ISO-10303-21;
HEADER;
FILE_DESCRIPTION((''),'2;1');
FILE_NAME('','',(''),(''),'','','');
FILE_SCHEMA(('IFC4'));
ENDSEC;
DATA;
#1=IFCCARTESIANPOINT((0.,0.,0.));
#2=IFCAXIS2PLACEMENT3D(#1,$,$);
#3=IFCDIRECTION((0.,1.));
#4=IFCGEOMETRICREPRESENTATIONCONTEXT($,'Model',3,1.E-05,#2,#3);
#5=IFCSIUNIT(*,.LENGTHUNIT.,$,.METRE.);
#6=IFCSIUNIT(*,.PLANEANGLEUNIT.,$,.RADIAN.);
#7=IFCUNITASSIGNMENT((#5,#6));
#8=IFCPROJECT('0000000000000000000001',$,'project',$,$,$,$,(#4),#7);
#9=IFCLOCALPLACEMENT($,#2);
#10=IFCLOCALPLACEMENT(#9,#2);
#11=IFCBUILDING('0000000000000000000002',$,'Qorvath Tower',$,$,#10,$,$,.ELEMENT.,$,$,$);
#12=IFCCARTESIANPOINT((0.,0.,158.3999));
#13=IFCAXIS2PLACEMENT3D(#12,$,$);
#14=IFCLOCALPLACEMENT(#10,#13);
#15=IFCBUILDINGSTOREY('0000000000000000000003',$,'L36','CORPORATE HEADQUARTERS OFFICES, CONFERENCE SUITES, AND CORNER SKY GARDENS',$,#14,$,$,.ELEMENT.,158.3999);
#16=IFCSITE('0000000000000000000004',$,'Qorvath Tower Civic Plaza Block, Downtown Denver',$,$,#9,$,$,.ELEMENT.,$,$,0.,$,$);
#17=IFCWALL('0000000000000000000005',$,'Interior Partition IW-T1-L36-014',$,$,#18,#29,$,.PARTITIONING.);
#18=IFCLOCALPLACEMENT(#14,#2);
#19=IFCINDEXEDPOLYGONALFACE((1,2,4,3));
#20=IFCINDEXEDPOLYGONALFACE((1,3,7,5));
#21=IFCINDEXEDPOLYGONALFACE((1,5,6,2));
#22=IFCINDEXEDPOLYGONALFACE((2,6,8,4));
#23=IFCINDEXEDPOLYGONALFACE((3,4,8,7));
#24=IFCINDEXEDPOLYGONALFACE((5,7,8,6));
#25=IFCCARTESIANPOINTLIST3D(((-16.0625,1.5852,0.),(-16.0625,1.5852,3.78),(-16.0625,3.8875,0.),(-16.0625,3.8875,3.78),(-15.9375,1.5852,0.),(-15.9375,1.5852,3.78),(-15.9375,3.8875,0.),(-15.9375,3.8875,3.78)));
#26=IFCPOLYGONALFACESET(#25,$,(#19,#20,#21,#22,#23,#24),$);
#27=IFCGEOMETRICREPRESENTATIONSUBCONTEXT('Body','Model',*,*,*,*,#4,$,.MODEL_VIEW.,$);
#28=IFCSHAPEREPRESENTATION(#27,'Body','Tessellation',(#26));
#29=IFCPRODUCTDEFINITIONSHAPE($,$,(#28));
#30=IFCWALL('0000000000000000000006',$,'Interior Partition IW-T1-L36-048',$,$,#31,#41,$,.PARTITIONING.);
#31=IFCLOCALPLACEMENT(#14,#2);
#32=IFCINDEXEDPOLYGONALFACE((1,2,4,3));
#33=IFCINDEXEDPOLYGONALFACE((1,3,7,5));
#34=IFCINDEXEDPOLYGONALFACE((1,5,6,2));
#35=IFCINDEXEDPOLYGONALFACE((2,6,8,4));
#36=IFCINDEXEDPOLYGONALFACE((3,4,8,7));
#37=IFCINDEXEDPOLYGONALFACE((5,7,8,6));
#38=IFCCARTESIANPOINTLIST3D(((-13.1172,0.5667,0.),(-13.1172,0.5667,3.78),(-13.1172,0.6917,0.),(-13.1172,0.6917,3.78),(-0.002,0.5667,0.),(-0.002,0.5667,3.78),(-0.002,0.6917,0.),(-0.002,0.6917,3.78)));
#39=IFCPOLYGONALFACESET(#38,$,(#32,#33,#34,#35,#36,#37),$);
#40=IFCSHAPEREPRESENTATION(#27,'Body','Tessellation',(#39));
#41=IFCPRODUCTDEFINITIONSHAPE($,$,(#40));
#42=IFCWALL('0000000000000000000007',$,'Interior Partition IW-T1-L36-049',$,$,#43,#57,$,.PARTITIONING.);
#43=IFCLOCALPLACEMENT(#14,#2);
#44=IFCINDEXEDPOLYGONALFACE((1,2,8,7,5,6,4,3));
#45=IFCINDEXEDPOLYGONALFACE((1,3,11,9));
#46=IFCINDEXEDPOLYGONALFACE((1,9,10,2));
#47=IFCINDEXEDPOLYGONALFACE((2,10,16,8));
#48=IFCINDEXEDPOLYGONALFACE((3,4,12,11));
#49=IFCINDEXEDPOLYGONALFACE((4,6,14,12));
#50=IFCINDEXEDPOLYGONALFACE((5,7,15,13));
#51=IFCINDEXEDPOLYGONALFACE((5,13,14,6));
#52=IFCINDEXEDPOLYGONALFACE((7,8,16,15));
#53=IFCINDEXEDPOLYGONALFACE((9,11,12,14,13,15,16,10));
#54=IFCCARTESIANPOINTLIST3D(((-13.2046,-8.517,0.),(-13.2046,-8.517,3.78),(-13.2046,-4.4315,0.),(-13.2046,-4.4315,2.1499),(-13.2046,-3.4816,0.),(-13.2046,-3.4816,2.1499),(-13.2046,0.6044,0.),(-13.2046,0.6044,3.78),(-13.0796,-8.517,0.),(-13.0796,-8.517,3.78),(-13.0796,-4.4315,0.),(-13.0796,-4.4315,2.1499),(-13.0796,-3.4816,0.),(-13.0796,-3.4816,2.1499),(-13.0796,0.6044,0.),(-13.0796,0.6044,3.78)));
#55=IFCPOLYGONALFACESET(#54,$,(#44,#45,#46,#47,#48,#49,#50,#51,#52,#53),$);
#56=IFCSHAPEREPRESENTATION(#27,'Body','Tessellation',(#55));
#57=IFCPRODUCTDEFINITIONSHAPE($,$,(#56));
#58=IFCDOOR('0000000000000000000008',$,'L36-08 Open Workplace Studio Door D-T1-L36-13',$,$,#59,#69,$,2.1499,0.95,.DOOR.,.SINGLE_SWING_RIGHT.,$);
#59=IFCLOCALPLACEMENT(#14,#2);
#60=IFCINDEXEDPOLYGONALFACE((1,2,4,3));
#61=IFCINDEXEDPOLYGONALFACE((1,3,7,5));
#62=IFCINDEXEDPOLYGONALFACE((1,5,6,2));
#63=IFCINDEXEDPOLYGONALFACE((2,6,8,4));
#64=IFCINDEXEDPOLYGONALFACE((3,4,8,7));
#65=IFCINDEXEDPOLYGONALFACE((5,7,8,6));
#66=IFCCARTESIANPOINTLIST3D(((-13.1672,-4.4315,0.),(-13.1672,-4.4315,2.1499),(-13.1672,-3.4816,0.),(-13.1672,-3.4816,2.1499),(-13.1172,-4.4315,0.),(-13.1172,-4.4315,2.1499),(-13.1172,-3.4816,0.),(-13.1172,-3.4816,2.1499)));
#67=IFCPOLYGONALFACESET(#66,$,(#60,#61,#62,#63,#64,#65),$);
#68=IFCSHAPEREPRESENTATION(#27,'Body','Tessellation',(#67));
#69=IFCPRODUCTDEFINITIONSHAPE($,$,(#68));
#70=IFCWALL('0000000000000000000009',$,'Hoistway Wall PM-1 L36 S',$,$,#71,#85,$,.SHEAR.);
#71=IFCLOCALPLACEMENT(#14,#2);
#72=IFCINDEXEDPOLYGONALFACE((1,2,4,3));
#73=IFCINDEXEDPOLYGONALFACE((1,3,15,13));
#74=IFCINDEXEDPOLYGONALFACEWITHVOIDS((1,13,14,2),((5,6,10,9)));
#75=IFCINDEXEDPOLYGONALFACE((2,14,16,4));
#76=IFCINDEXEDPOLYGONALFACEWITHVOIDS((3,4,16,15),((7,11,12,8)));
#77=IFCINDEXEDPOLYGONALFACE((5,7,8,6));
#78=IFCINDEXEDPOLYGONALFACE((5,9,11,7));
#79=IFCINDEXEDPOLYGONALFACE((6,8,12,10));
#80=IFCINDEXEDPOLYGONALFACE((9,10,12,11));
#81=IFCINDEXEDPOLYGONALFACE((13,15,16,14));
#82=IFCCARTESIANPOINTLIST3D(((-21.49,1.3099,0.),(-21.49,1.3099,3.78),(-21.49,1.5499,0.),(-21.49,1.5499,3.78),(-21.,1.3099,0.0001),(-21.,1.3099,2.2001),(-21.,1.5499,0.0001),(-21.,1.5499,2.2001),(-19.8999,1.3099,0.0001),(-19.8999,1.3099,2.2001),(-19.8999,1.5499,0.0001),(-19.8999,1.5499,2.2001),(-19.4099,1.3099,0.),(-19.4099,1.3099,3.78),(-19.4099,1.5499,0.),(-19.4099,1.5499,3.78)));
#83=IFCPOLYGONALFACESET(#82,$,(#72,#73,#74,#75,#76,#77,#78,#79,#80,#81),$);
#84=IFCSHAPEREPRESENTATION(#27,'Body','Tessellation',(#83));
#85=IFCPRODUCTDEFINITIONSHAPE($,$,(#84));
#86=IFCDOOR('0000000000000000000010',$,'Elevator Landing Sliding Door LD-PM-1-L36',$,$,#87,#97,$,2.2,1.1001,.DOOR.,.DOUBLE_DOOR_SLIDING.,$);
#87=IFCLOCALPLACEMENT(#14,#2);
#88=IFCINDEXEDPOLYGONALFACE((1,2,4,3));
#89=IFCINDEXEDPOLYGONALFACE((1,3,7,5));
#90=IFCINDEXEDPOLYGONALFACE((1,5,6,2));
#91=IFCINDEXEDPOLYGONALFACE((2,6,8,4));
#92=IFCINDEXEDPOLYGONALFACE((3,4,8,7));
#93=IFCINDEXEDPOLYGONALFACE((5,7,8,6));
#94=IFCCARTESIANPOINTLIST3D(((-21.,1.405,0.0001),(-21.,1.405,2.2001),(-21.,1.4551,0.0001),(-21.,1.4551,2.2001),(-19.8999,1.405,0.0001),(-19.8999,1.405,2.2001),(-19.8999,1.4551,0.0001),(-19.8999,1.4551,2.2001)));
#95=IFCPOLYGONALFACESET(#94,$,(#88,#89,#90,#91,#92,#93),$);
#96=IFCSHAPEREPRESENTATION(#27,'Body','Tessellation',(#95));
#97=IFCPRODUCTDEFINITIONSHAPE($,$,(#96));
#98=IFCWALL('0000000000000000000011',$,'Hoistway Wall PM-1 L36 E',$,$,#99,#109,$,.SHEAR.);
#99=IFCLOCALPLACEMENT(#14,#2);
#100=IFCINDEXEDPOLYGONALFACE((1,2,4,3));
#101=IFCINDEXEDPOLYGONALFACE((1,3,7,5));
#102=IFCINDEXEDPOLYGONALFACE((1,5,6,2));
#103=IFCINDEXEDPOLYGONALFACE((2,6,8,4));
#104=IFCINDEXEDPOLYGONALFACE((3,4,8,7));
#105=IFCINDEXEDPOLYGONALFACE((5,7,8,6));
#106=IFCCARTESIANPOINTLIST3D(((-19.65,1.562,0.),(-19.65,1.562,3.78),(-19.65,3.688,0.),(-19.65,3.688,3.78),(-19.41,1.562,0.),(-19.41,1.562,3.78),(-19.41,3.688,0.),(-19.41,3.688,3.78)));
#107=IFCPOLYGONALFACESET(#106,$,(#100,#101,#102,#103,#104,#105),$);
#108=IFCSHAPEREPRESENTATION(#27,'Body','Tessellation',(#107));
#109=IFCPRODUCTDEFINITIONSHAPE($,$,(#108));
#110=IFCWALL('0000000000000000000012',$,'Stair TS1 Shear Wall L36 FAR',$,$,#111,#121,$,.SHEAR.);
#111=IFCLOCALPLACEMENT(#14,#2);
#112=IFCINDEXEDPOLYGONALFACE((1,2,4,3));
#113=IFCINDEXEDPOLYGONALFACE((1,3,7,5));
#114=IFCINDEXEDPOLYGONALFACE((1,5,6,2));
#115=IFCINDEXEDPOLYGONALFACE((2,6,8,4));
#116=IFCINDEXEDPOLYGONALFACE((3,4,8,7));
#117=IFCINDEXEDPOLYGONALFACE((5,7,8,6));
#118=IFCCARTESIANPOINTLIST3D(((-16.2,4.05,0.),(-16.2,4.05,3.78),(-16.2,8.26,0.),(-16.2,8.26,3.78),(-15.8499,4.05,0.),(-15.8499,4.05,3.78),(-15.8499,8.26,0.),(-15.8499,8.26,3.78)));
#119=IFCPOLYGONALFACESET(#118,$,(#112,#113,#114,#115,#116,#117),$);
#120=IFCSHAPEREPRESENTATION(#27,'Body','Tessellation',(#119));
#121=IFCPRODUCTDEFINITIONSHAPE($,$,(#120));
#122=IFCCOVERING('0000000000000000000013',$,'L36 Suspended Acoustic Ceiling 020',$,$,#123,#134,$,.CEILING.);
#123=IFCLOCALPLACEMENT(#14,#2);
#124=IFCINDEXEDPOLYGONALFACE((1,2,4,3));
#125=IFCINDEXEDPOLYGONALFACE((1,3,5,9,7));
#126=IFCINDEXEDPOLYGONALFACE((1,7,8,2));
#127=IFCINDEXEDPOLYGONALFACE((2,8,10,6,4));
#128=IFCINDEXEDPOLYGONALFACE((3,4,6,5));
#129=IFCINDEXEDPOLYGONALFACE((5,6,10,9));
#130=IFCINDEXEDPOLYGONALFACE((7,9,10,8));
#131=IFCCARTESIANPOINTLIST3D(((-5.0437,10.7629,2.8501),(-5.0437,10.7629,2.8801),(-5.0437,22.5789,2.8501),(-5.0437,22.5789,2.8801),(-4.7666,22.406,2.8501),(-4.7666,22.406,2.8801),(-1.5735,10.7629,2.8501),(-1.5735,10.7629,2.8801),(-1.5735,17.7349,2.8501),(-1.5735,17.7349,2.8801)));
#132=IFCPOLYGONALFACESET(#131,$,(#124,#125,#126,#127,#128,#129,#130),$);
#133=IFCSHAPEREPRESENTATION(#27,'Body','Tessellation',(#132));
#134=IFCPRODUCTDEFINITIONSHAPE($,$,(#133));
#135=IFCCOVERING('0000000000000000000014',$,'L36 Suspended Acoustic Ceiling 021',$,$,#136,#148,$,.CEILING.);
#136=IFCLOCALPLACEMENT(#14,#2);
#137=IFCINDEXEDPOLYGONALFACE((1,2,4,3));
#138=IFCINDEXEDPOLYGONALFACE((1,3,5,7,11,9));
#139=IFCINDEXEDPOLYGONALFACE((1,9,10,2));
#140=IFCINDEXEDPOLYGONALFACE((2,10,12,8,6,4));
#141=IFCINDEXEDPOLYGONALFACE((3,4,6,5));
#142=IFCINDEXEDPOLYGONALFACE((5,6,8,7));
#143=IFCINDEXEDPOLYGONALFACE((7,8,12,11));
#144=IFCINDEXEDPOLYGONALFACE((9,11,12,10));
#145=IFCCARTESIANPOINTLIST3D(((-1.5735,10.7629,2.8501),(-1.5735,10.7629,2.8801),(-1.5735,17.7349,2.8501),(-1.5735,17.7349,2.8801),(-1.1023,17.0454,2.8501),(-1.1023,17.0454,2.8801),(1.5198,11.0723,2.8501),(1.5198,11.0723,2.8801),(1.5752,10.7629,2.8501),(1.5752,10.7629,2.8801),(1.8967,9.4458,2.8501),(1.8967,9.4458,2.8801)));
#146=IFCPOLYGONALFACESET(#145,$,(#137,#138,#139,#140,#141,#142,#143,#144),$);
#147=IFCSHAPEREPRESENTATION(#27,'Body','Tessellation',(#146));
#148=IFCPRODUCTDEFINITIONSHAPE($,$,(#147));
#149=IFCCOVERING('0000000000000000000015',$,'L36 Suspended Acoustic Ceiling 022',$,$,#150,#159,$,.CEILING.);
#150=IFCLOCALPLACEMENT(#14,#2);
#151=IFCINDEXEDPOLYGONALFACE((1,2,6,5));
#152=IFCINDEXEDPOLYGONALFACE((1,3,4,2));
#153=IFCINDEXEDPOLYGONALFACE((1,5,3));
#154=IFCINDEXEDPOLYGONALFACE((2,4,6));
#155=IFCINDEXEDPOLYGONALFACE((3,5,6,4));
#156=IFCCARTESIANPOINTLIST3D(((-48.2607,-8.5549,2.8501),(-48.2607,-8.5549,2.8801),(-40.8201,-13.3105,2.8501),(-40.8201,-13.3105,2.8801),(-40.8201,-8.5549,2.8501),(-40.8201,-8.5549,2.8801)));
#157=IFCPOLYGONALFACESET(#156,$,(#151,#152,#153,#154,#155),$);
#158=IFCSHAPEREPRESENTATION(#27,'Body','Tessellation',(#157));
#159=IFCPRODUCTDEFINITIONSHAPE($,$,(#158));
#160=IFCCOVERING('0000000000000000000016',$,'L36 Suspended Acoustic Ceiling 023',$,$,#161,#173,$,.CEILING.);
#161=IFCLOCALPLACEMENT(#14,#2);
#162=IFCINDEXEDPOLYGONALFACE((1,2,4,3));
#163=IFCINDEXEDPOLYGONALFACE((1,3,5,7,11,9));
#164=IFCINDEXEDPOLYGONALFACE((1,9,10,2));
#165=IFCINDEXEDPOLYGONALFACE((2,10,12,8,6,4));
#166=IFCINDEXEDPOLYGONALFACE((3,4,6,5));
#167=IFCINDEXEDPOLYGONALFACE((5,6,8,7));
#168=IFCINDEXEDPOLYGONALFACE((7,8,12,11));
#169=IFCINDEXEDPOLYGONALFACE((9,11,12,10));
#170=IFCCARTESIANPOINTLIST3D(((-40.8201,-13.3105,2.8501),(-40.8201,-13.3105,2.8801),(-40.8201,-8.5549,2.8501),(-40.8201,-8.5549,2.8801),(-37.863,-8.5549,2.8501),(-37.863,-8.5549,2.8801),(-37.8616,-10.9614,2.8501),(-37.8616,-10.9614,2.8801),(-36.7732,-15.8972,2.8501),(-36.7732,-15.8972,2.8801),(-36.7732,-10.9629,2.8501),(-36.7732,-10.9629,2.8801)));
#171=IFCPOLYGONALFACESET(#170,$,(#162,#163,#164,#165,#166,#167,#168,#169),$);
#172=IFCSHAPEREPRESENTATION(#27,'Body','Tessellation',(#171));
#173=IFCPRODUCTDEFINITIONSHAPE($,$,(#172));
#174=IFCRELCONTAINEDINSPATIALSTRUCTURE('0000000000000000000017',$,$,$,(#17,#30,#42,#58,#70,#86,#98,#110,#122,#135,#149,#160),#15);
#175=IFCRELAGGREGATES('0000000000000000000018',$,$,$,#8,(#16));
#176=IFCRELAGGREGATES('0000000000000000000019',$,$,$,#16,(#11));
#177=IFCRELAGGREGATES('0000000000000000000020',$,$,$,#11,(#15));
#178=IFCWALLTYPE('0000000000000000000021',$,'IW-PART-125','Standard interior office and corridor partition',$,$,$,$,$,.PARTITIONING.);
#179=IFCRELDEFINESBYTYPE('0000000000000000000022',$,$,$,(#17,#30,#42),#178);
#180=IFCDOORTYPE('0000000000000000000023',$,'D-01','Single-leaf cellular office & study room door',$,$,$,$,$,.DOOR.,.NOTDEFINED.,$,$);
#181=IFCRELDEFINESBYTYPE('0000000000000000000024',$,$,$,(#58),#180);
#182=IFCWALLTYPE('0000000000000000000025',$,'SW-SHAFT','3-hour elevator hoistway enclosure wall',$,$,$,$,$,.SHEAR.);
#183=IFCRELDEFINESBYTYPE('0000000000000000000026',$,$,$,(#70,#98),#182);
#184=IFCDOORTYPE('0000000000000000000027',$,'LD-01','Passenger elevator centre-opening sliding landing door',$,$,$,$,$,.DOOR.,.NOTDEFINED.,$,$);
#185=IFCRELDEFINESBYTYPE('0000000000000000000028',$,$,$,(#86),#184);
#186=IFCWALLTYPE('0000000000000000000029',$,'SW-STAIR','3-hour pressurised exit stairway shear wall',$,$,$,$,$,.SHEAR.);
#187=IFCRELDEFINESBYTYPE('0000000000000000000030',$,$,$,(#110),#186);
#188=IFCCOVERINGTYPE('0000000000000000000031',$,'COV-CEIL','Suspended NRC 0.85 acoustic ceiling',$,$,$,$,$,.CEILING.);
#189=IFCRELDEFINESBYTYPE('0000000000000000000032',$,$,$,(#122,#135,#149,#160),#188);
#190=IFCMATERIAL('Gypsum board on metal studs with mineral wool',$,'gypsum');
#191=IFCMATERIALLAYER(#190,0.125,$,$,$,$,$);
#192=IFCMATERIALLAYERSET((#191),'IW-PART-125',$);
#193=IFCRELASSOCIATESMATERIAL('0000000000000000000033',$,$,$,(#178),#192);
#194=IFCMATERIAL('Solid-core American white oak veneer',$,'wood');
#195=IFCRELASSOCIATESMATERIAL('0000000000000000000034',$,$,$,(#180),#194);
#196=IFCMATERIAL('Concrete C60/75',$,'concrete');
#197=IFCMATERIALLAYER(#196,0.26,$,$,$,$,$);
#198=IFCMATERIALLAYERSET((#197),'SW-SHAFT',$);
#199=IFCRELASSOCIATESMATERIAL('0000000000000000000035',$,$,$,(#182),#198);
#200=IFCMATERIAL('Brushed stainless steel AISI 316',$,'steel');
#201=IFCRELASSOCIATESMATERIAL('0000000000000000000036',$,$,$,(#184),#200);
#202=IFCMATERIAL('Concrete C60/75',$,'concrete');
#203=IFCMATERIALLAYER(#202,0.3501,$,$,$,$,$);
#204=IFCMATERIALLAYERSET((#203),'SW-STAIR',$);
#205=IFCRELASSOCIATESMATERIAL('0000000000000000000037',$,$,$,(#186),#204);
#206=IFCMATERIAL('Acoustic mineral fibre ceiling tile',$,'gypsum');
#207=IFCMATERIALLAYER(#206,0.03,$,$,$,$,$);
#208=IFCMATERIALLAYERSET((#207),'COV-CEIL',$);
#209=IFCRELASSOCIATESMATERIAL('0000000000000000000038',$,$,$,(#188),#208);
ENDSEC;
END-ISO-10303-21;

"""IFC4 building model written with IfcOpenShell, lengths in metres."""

from ifc_helpers import new_model, si_unit, direction, frame, frame_2d, origin, place, context, subcontext, project, spatial, polyline, rectangle, outline, extrude, material, layer, layer_set, type_object, element, fill, save


model = new_model("IFC4")

# Units and contexts
model_context = context("Model", 3, precision=1e-05, world=origin(), true_north=direction((0.0, 1.0)))
body_context = subcontext(model_context, "Body", "Model", "MODEL_VIEW")
ifc_project = project(units=[si_unit("LENGTHUNIT", "METRE"), si_unit("PLANEANGLEUNIT", "RADIAN")], contexts=[model_context])

# Site, building, storey
site_placement = place(None, origin())
site = spatial("IfcSite", under=ifc_project, at=site_placement, Name="Qorvath Tower Civic Plaza Block, Downtown Denver", CompositionType="ELEMENT", RefElevation=0.0)
building_placement = place(site_placement, origin())
building = spatial("IfcBuilding", under=site, at=building_placement, Name="Qorvath Tower", CompositionType="ELEMENT")
storey_placement = place(building_placement, frame((0.0, 0.0, 158.3999)))
storey = spatial("IfcBuildingStorey", under=building, at=storey_placement, Name="L36", Description="CORPORATE HEADQUARTERS OFFICES, CONFERENCE SUITES, AND CORNER SKY GARDENS", CompositionType="ELEMENT", Elevation=158.3999)

# Shared definitions
ifc_material_1 = material(Name="Gypsum board on metal studs with mineral wool", Category="gypsum")
ifc_layer_1 = layer(ifc_material_1, 0.125)
ifc_layer_set_1 = layer_set([ifc_layer_1], Name="IW-PART-125")
wall_type_1 = type_object("IfcWallType", Name="IW-PART-125", Description="Standard interior office and corridor partition", PredefinedType="PARTITIONING", material=ifc_layer_set_1)
ifc_material_2 = material(Name="Solid-core American white oak veneer", Category="wood")
door_type_1 = type_object("IfcDoorType", Name="D-01", Description="Single-leaf cellular office & study room door", OperationType="NOTDEFINED", PredefinedType="DOOR", material=ifc_material_2)

# Walls
wall_1_placement = place(storey_placement, frame((-16.0, 1.5852, 0.0), z_axis=(0.0, 0.0, 1.0), x_axis=(0.0, 1.0, 0.0)))
element("IfcWall", 1, at=wall_1_placement, inside=storey, type_object=wall_type_1, Name="Interior Partition IW-T1-L36-014", PredefinedType="PARTITIONING", context=body_context, shape_type="SweptSolid", body=[
    extrude(rectangle(XDim=2.3022, YDim=0.125, at=frame_2d((1.1511, 0.0))), origin(), (0.0, 0.0, 1.0), 3.78),
])
wall_2_placement = place(storey_placement, frame((-0.002, 0.6292, 0.0), z_axis=(0.0, 0.0, 1.0), x_axis=(-1.0, 0.0, 0.0)))
element("IfcWall", 2, at=wall_2_placement, inside=storey, type_object=wall_type_1, Name="Interior Partition IW-T1-L36-048", PredefinedType="PARTITIONING", context=body_context, shape_type="SweptSolid", body=[
    extrude(rectangle(XDim=13.1152, YDim=0.125, at=frame_2d((6.5576, 0.0))), origin(), (0.0, 0.0, 1.0), 3.78),
])

# Walls, openings, doors
wall_3_placement = place(storey_placement, frame((-13.1421, 0.6042, 0.0), z_axis=(0.0, 0.0, 1.0), x_axis=(0.0, -1.0, 0.0)))
wall_3 = element("IfcWall", 3, at=wall_3_placement, inside=storey, type_object=wall_type_1, Name="Interior Partition IW-T1-L36-049", PredefinedType="PARTITIONING", context=body_context, shape_type="SweptSolid", body=[
    extrude(rectangle(XDim=9.1213, YDim=0.125, at=frame_2d((4.5605, 0.0))), origin(), (0.0, 0.0, 1.0), 3.78),
])
opening_1_placement = place(wall_3_placement, frame((4.0857, 0.0, 0.0)))
opening_1 = element("IfcOpeningElement", 4, at=opening_1_placement, cuts=wall_3, PredefinedType="OPENING", context=body_context, shape_type="SweptSolid", body=[
    extrude(rectangle(XDim=0.95, YDim=2.1499, at=frame_2d((0.4751, 1.075))), frame((0.0, 0.0725, 0.0), z_axis=(0.0, -1.0, 0.0), x_axis=(1.0, 0.0, 0.0)), (0.0, 0.0, 1.0), 0.145),
])
door_1_placement = place(opening_1_placement, origin())
door_1 = element("IfcDoor", 5, at=door_1_placement, inside=storey, type_object=door_type_1, Name="L36-08 Open Workplace Studio Door D-T1-L36-13", OperationType="SINGLE_SWING_RIGHT", OverallHeight=2.1499, OverallWidth=0.95, PredefinedType="DOOR", context=body_context, shape_type="SweptSolid", body=[
    extrude(rectangle(XDim=0.95, YDim=2.1499, at=frame_2d((0.4751, 1.075))), frame((0.0, 0.0249, 0.0), z_axis=(0.0, -1.0, 0.0), x_axis=(1.0, 0.0, 0.0)), (0.0, 0.0, 1.0), 0.05),
])
fill(opening_1, door_1)
ifc_material_3 = material(Name="Concrete C60/75", Category="concrete")
ifc_layer_2 = layer(ifc_material_3, 0.26)
ifc_layer_set_2 = layer_set([ifc_layer_2], Name="SW-SHAFT")
wall_type_2 = type_object("IfcWallType", Name="SW-SHAFT", Description="3-hour elevator hoistway enclosure wall", PredefinedType="SHEAR", material=ifc_layer_set_2)
wall_4_placement = place(storey_placement, frame((-19.4099, 1.4299, 0.0), z_axis=(0.0, 0.0, 1.0), x_axis=(-1.0, 0.0, 0.0)))
wall_4 = element("IfcWall", 6, at=wall_4_placement, inside=storey, type_object=wall_type_2, Name="Hoistway Wall PM-1 L36 S", PredefinedType="SHEAR", context=body_context, shape_type="SweptSolid", body=[
    extrude(rectangle(XDim=2.0801, YDim=0.24, at=frame_2d((1.04, 0.0))), origin(), (0.0, 0.0, 1.0), 3.78),
])
opening_2_placement = place(wall_4_placement, frame((0.49, 0.0, 0.0)))
opening_2 = element("IfcOpeningElement", 7, at=opening_2_placement, cuts=wall_4, PredefinedType="OPENING", context=body_context, shape_type="SweptSolid", body=[
    extrude(rectangle(XDim=1.1001, YDim=2.2, at=frame_2d((0.55, 1.1001))), frame((0.0, 0.1299, 0.0), z_axis=(0.0, -1.0, 0.0), x_axis=(1.0, 0.0, 0.0)), (0.0, 0.0, 1.0), 0.26),
])
ifc_material_4 = material(Name="Brushed stainless steel AISI 316", Category="steel")
door_type_2 = type_object("IfcDoorType", Name="LD-01", Description="Passenger elevator centre-opening sliding landing door", OperationType="NOTDEFINED", PredefinedType="DOOR", material=ifc_material_4)
door_2_placement = place(opening_2_placement, origin())
door_2 = element("IfcDoor", 8, at=door_2_placement, inside=storey, type_object=door_type_2, Name="Elevator Landing Sliding Door LD-PM-1-L36", OperationType="DOUBLE_DOOR_SLIDING", OverallHeight=2.2, OverallWidth=1.1001, PredefinedType="DOOR", context=body_context, shape_type="SweptSolid", body=[
    extrude(rectangle(XDim=1.1001, YDim=2.2, at=frame_2d((0.55, 1.1001))), frame((0.0, 0.0249, 0.0), z_axis=(0.0, -1.0, 0.0), x_axis=(1.0, 0.0, 0.0)), (0.0, 0.0, 1.0), 0.05),
])
fill(opening_2, door_2)

# Walls
wall_5_placement = place(storey_placement, frame((-19.53, 3.688, 0.0), z_axis=(0.0, 0.0, 1.0), x_axis=(0.0, -1.0, 0.0)))
element("IfcWall", 9, at=wall_5_placement, inside=storey, type_object=wall_type_2, Name="Hoistway Wall PM-1 L36 E", PredefinedType="SHEAR", context=body_context, shape_type="SweptSolid", body=[
    extrude(rectangle(XDim=2.126, YDim=0.24, at=frame_2d((1.063, 0.0))), origin(), (0.0, 0.0, 1.0), 3.78),
])
ifc_material_5 = material(Name="Concrete C60/75", Category="concrete")
ifc_layer_3 = layer(ifc_material_5, 0.3501)
ifc_layer_set_3 = layer_set([ifc_layer_3], Name="SW-STAIR")
wall_type_3 = type_object("IfcWallType", Name="SW-STAIR", Description="3-hour pressurised exit stairway shear wall", PredefinedType="SHEAR", material=ifc_layer_set_3)
wall_6_placement = place(storey_placement, frame((-16.0249, 4.05, 0.0), z_axis=(0.0, 0.0, 1.0), x_axis=(0.0, 1.0, 0.0)))
element("IfcWall", 10, at=wall_6_placement, inside=storey, type_object=wall_type_3, Name="Stair TS1 Shear Wall L36 FAR", PredefinedType="SHEAR", context=body_context, shape_type="SweptSolid", body=[
    extrude(rectangle(XDim=4.21, YDim=0.3501, at=frame_2d((2.105, 0.0))), origin(), (0.0, 0.0, 1.0), 3.78),
])

# Coverings
ifc_material_6 = material(Name="Acoustic mineral fibre ceiling tile", Category="gypsum")
ifc_layer_4 = layer(ifc_material_6, 0.03)
ifc_layer_set_4 = layer_set([ifc_layer_4], Name="COV-CEIL")
covering_type_1 = type_object("IfcCoveringType", Name="COV-CEIL", Description="Suspended NRC 0.85 acoustic ceiling", PredefinedType="CEILING", material=ifc_layer_set_4)
covering_1_placement = place(storey_placement, frame((0.0, 0.0, 2.8501)))
element("IfcCovering", 11, at=covering_1_placement, inside=storey, type_object=covering_type_1, Name="L36 Suspended Acoustic Ceiling 020", PredefinedType="CEILING", context=body_context, shape_type="SweptSolid", body=[
    extrude(outline(polyline([(-1.5735, 10.7629), (-1.5735, 17.7349), (-4.7666, 22.406), (-5.0437, 22.5789), (-5.0437, 10.7629), (-1.5735, 10.7629)])), origin(), (0.0, 0.0, 1.0), 0.03),
])
covering_2_placement = place(storey_placement, frame((0.0, 0.0, 2.8501)))
element("IfcCovering", 12, at=covering_2_placement, inside=storey, type_object=covering_type_1, Name="L36 Suspended Acoustic Ceiling 021", PredefinedType="CEILING", context=body_context, shape_type="SweptSolid", body=[
    extrude(outline(polyline([(1.8967, 9.4458), (1.5198, 11.0723), (-1.1023, 17.0454), (-1.5735, 17.7349), (-1.5735, 10.7629), (1.5752, 10.7629), (1.8967, 9.4458)])), origin(), (0.0, 0.0, 1.0), 0.03),
])
covering_3_placement = place(storey_placement, frame((0.0, 0.0, 2.8501)))
element("IfcCovering", 13, at=covering_3_placement, inside=storey, type_object=covering_type_1, Name="L36 Suspended Acoustic Ceiling 022", PredefinedType="CEILING", context=body_context, shape_type="SweptSolid", body=[
    extrude(outline(polyline([(-40.8201, -13.3105), (-40.8201, -8.5549), (-48.2607, -8.5549), (-40.8201, -13.3105)])), origin(), (0.0, 0.0, 1.0), 0.03),
])
covering_4_placement = place(storey_placement, frame((0.0, 0.0, 2.8501)))
element("IfcCovering", 14, at=covering_4_placement, inside=storey, type_object=covering_type_1, Name="L36 Suspended Acoustic Ceiling 023", PredefinedType="CEILING", context=body_context, shape_type="SweptSolid", body=[
    extrude(outline(polyline([(-37.8616, -10.9614), (-37.863, -8.5549), (-40.8201, -8.5549), (-40.8201, -13.3105), (-36.7732, -15.8972), (-36.7732, -10.9629), (-37.8616, -10.9614)])), origin(), (0.0, 0.0, 1.0), 0.03),
])

save(model, "model.ifc")
